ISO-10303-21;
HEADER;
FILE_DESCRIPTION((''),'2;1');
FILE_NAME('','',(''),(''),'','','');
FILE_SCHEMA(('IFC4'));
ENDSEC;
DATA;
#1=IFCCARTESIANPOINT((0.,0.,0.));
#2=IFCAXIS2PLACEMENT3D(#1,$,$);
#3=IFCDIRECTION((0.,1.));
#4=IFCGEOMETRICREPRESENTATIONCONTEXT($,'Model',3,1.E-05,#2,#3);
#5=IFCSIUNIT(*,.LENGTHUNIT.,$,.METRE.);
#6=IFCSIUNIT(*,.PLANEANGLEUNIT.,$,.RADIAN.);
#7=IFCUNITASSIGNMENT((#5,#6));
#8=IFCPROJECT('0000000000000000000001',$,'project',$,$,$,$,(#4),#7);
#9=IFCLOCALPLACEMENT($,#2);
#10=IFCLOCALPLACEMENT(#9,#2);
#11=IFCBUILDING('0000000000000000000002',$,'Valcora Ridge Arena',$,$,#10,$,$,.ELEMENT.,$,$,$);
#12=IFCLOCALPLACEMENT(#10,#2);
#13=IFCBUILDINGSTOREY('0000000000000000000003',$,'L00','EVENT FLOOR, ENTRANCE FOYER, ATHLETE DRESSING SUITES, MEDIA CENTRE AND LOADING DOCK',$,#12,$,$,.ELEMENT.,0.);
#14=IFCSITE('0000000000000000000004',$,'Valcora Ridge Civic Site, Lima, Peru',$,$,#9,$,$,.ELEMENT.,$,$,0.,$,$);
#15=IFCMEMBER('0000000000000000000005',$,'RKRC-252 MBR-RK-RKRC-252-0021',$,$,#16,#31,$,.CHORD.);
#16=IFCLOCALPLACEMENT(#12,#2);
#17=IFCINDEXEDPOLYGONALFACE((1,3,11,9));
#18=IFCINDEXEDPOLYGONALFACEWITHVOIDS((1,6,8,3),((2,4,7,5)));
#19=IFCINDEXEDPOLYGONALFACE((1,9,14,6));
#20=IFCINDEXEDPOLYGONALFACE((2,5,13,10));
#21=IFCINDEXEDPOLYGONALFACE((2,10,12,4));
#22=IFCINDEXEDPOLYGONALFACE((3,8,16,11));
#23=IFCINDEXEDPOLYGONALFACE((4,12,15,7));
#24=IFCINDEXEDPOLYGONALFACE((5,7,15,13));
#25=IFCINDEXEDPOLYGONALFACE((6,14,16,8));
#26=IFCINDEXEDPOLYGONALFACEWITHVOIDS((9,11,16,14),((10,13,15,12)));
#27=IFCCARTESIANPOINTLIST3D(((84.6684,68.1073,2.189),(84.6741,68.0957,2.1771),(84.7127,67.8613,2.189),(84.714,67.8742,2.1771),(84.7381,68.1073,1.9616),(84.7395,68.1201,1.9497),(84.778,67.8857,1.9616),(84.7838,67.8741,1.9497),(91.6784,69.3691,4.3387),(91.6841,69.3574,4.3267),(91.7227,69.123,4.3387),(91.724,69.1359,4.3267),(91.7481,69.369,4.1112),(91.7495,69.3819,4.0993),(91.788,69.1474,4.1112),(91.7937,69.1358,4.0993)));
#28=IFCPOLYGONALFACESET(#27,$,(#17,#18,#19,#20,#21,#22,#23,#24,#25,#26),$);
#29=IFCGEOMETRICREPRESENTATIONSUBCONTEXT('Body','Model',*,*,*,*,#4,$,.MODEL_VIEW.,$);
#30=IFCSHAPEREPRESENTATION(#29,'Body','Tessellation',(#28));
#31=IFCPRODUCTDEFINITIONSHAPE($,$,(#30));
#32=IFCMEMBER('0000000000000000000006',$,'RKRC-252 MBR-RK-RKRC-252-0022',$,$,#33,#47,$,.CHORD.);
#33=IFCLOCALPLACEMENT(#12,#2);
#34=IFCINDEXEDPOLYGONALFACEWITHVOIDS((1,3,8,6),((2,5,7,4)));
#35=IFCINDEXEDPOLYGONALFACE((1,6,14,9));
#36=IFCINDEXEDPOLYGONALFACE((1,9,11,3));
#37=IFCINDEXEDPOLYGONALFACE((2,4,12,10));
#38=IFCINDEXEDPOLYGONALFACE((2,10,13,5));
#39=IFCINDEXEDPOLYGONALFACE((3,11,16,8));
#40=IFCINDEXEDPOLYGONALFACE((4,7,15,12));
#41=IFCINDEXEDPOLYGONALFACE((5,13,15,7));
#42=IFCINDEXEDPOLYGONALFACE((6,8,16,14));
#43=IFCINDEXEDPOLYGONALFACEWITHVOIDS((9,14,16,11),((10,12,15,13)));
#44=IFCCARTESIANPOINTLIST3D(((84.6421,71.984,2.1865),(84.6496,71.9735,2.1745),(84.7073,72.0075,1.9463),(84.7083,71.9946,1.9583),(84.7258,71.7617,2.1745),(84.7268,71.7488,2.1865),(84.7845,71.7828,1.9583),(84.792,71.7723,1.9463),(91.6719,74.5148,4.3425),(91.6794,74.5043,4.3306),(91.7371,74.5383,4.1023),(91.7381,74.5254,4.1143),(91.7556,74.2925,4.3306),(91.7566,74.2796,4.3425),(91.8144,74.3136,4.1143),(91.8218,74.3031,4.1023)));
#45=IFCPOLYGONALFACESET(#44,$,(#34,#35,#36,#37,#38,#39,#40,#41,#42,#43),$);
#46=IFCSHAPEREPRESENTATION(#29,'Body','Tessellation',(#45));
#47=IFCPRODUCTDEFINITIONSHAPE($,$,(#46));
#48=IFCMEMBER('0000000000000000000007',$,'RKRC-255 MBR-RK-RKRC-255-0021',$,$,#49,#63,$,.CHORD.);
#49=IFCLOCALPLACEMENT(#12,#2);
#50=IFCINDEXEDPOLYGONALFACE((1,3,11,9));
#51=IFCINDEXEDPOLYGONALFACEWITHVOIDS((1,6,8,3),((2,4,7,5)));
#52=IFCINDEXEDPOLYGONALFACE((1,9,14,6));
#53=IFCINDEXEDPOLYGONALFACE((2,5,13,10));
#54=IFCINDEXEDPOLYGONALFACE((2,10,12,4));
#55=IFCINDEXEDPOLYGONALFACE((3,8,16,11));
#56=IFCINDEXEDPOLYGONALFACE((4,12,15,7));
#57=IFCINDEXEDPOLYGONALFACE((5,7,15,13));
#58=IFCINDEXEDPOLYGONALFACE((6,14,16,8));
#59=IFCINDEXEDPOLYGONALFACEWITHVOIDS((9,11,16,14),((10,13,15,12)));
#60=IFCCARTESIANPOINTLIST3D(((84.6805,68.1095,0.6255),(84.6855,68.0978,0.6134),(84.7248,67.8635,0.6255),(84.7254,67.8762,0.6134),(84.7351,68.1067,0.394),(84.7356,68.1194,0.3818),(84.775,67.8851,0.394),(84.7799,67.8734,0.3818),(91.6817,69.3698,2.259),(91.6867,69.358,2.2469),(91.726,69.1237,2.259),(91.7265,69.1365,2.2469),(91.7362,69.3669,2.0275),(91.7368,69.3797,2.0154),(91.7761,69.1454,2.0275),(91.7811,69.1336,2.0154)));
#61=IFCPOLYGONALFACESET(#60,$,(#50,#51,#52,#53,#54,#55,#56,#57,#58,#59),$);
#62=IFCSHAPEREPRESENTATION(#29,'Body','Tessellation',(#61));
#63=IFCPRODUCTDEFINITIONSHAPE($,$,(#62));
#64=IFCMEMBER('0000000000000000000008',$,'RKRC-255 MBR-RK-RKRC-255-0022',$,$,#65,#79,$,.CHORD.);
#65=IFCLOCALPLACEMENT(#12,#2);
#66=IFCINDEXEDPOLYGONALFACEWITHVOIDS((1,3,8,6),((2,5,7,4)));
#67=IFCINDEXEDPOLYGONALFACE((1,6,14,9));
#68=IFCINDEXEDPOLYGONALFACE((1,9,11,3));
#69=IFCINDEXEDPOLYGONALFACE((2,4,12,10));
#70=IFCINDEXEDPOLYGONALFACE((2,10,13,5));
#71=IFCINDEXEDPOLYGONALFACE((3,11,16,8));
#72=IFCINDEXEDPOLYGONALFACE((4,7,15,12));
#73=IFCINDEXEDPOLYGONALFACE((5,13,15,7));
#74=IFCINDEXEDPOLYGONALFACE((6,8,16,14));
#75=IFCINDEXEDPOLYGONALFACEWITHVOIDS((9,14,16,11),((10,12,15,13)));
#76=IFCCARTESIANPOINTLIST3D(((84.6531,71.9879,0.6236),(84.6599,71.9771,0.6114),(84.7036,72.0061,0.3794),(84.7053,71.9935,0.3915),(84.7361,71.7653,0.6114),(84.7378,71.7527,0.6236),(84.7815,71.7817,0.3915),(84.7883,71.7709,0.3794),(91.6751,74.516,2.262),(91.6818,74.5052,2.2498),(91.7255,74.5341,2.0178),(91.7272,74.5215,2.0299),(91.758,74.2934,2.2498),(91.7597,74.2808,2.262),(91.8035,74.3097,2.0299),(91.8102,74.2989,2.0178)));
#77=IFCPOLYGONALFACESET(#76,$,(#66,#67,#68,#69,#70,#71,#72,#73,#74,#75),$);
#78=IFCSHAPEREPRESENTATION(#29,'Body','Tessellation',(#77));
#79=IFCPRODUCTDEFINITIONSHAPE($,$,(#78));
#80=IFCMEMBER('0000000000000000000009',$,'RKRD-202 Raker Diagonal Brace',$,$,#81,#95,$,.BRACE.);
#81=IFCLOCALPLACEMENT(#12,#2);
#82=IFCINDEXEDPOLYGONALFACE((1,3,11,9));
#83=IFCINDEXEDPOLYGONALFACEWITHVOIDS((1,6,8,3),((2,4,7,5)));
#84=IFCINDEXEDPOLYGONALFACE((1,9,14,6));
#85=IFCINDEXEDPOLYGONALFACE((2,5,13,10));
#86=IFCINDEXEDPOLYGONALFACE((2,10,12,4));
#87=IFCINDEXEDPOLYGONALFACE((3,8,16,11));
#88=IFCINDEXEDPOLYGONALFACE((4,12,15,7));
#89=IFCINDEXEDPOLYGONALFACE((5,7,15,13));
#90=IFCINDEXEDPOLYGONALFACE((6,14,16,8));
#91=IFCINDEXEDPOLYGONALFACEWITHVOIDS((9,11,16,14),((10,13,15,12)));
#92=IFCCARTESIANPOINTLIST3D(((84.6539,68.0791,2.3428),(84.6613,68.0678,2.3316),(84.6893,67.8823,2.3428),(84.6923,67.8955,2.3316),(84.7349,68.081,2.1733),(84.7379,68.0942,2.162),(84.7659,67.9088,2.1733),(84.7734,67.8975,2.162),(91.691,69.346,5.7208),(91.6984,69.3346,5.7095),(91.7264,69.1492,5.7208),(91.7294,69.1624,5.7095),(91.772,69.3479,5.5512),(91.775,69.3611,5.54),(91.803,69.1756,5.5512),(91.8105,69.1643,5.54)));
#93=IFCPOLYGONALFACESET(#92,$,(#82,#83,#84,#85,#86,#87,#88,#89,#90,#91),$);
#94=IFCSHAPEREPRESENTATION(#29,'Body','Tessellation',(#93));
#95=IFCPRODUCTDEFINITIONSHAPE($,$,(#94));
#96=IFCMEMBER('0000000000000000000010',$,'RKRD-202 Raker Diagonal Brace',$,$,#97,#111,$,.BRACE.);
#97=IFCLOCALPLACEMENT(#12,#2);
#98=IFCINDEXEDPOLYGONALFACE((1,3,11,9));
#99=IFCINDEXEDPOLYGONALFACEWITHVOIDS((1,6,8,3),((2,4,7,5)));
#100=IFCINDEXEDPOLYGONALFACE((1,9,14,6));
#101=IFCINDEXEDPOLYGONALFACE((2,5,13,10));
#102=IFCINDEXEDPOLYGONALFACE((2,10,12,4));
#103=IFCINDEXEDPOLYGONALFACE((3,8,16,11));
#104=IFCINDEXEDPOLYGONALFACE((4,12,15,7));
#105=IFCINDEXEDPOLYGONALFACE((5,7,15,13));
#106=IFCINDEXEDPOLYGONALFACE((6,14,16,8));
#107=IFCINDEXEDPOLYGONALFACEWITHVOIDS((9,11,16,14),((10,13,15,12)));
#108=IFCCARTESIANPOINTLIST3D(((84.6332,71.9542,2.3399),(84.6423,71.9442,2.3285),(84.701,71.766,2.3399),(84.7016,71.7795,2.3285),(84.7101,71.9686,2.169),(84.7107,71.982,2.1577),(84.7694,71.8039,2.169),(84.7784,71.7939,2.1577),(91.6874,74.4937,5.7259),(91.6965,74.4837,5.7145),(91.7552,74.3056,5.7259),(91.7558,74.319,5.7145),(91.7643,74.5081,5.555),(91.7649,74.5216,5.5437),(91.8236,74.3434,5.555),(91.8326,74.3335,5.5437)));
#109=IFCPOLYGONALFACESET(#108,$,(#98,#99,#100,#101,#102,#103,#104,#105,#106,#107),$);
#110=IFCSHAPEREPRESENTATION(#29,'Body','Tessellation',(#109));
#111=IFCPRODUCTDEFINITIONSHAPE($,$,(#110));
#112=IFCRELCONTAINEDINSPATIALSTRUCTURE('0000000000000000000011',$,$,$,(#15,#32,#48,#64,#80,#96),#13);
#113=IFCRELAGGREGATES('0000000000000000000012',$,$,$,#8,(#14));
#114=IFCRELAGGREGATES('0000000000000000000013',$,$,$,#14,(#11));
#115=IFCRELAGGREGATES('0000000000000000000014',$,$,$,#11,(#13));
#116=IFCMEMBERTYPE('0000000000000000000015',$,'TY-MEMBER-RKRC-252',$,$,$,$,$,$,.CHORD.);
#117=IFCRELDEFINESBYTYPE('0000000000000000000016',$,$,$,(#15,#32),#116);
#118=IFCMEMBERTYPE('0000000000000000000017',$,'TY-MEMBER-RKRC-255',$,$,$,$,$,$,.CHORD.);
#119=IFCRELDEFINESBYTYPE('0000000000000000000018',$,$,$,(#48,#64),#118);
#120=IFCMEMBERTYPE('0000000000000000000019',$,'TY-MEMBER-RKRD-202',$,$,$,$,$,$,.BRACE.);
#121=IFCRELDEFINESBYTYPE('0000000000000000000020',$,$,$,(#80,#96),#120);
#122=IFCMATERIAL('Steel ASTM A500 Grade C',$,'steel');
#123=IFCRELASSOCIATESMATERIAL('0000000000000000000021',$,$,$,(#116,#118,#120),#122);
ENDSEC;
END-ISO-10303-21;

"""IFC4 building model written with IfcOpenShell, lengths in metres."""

from ifc_helpers import new_model, si_unit, direction, frame, origin, origin_2d, place, context, subcontext, project, spatial, hollow_rectangle, extrude, material, material_profile, profile_set, type_object, element, save


model = new_model("IFC4")

# Units and contexts
model_context = context("Model", 3, precision=1e-05, world=origin(), true_north=direction((0.0, 1.0)))
body_context = subcontext(model_context, "Body", "Model", "MODEL_VIEW")
ifc_project = project(units=[si_unit("LENGTHUNIT", "METRE"), si_unit("PLANEANGLEUNIT", "RADIAN")], contexts=[model_context])

# Site, building, storey
site_placement = place(None, origin())
site = spatial("IfcSite", under=ifc_project, at=site_placement, Name="Valcora Ridge Civic Site, Lima, Peru", CompositionType="ELEMENT", RefElevation=0.0)
building_placement = place(site_placement, origin())
building = spatial("IfcBuilding", under=site, at=building_placement, Name="Valcora Ridge Arena", CompositionType="ELEMENT")
storey_placement = place(building_placement, origin())
storey = spatial("IfcBuildingStorey", under=building, at=storey_placement, Name="L00", Description="EVENT FLOOR, ENTRANCE FOYER, ATHLETE DRESSING SUITES, MEDIA CENTRE AND LOADING DOCK", CompositionType="ELEMENT", Elevation=0.0)

# Members
ifc_material_1 = material(Name="Steel ASTM A500 Grade C", Category="steel")
ifc_material_profile_1 = material_profile(ifc_material_1, hollow_rectangle(XDim=0.25, YDim=0.25, WallThickness=0.0125, at=origin_2d()), Name="HSS250X250X12")
ifc_profile_set_1 = profile_set([ifc_material_profile_1], Name="Steel ASTM A500 Grade C")
member_type_1 = type_object("IfcMemberType", Name="TY-MEMBER-RKRC-252", PredefinedType="CHORD", material=ifc_profile_set_1)
member_1_placement = place(storey_placement, frame((84.7261, 67.9907, 2.0693), z_axis=(0.942209, 0.169586, 0.288934), x_axis=(-0.177142, 0.984185, 0.0)))
element("IfcMember", 1, at=member_1_placement, inside=storey, type_object=member_type_1, Name="RKRC-252 MBR-RK-RKRC-252-0021", PredefinedType="CHORD", context=body_context, shape_type="SweptSolid", body=[
    extrude(hollow_rectangle(XDim=0.25, YDim=0.25, WallThickness=0.0125, at=origin_2d()), origin(), (0.0, 0.0, 1.0), 7.4399),
])
member_2_placement = place(storey_placement, frame((84.717, 71.8782, 2.0664), z_axis=(0.904, 0.325445, 0.277253), x_axis=(-0.338724, 0.940886, 0.0)))
element("IfcMember", 2, at=member_2_placement, inside=storey, type_object=member_type_1, Name="RKRC-252 MBR-RK-RKRC-252-0022", PredefinedType="CHORD", context=body_context, shape_type="SweptSolid", body=[
    extrude(hollow_rectangle(XDim=0.25, YDim=0.25, WallThickness=0.0125, at=origin_2d()), origin(), (0.0, 0.0, 1.0), 7.7764),
])
ifc_material_profile_2 = material_profile(ifc_material_1, hollow_rectangle(XDim=0.25, YDim=0.25, WallThickness=0.0125, at=origin_2d()), Name="HSS250X250X12")
ifc_profile_set_2 = profile_set([ifc_material_profile_2], Name="Steel ASTM A500 Grade C")
member_type_2 = type_object("IfcMemberType", Name="TY-MEMBER-RKRC-255", PredefinedType="CHORD", material=ifc_profile_set_2)
member_3_placement = place(storey_placement, frame((84.7302, 67.9915, 0.5037), z_axis=(0.959217, 0.172664, 0.223807), x_axis=(-0.177158, 0.984182, 0.0)))
element("IfcMember", 3, at=member_3_placement, inside=storey, type_object=member_type_2, Name="RKRC-255 MBR-RK-RKRC-255-0021", PredefinedType="CHORD", context=body_context, shape_type="SweptSolid", body=[
    extrude(hollow_rectangle(XDim=0.25, YDim=0.25, WallThickness=0.0125, at=origin_2d()), origin(), (0.0, 0.0, 1.0), 7.2988),
])
member_4_placement = place(storey_placement, frame((84.7207, 71.8794, 0.5015), z_axis=(0.918995, 0.33086, 0.214428), x_axis=(-0.338739, 0.94088, 0.0)))
element("IfcMember", 4, at=member_4_placement, inside=storey, type_object=member_type_2, Name="RKRC-255 MBR-RK-RKRC-255-0022", PredefinedType="CHORD", context=body_context, shape_type="SweptSolid", body=[
    extrude(hollow_rectangle(XDim=0.25, YDim=0.25, WallThickness=0.0125, at=origin_2d()), origin(), (0.0, 0.0, 1.0), 7.6409),
])
ifc_material_profile_3 = material_profile(ifc_material_1, hollow_rectangle(XDim=0.2, YDim=0.2, WallThickness=0.0125, at=origin_2d()), Name="HSS200X200X12")
ifc_profile_set_3 = profile_set([ifc_material_profile_3], Name="Steel ASTM A500 Grade C")
member_type_3 = type_object("IfcMemberType", Name="TY-MEMBER-RKRD-202", PredefinedType="BRACE", material=ifc_profile_set_3)
member_5_placement = place(storey_placement, frame((84.7136, 67.9883, 2.2524), z_axis=(0.889874, 0.160198, 0.427154), x_axis=(-0.177175, 0.984179, 0.0)))
element("IfcMember", 5, at=member_5_placement, inside=storey, type_object=member_type_3, Name="RKRD-202 Raker Diagonal Brace", PredefinedType="BRACE", context=body_context, shape_type="SweptSolid", body=[
    extrude(hollow_rectangle(XDim=0.2, YDim=0.2, WallThickness=0.0125, at=origin_2d()), origin(), (0.0, 0.0, 1.0), 7.908),
])
member_6_placement = place(storey_placement, frame((84.7058, 71.874, 2.2488), z_axis=(0.857493, 0.308702, 0.411593), x_axis=(-0.338724, 0.940886, 0.0)))
element("IfcMember", 6, at=member_6_placement, inside=storey, type_object=member_type_3, Name="RKRD-202 Raker Diagonal Brace", PredefinedType="BRACE", context=body_context, shape_type="SweptSolid", body=[
    extrude(hollow_rectangle(XDim=0.2, YDim=0.2, WallThickness=0.0125, at=origin_2d()), origin(), (0.0, 0.0, 1.0), 8.2266),
])

save(model, "model.ifc")
